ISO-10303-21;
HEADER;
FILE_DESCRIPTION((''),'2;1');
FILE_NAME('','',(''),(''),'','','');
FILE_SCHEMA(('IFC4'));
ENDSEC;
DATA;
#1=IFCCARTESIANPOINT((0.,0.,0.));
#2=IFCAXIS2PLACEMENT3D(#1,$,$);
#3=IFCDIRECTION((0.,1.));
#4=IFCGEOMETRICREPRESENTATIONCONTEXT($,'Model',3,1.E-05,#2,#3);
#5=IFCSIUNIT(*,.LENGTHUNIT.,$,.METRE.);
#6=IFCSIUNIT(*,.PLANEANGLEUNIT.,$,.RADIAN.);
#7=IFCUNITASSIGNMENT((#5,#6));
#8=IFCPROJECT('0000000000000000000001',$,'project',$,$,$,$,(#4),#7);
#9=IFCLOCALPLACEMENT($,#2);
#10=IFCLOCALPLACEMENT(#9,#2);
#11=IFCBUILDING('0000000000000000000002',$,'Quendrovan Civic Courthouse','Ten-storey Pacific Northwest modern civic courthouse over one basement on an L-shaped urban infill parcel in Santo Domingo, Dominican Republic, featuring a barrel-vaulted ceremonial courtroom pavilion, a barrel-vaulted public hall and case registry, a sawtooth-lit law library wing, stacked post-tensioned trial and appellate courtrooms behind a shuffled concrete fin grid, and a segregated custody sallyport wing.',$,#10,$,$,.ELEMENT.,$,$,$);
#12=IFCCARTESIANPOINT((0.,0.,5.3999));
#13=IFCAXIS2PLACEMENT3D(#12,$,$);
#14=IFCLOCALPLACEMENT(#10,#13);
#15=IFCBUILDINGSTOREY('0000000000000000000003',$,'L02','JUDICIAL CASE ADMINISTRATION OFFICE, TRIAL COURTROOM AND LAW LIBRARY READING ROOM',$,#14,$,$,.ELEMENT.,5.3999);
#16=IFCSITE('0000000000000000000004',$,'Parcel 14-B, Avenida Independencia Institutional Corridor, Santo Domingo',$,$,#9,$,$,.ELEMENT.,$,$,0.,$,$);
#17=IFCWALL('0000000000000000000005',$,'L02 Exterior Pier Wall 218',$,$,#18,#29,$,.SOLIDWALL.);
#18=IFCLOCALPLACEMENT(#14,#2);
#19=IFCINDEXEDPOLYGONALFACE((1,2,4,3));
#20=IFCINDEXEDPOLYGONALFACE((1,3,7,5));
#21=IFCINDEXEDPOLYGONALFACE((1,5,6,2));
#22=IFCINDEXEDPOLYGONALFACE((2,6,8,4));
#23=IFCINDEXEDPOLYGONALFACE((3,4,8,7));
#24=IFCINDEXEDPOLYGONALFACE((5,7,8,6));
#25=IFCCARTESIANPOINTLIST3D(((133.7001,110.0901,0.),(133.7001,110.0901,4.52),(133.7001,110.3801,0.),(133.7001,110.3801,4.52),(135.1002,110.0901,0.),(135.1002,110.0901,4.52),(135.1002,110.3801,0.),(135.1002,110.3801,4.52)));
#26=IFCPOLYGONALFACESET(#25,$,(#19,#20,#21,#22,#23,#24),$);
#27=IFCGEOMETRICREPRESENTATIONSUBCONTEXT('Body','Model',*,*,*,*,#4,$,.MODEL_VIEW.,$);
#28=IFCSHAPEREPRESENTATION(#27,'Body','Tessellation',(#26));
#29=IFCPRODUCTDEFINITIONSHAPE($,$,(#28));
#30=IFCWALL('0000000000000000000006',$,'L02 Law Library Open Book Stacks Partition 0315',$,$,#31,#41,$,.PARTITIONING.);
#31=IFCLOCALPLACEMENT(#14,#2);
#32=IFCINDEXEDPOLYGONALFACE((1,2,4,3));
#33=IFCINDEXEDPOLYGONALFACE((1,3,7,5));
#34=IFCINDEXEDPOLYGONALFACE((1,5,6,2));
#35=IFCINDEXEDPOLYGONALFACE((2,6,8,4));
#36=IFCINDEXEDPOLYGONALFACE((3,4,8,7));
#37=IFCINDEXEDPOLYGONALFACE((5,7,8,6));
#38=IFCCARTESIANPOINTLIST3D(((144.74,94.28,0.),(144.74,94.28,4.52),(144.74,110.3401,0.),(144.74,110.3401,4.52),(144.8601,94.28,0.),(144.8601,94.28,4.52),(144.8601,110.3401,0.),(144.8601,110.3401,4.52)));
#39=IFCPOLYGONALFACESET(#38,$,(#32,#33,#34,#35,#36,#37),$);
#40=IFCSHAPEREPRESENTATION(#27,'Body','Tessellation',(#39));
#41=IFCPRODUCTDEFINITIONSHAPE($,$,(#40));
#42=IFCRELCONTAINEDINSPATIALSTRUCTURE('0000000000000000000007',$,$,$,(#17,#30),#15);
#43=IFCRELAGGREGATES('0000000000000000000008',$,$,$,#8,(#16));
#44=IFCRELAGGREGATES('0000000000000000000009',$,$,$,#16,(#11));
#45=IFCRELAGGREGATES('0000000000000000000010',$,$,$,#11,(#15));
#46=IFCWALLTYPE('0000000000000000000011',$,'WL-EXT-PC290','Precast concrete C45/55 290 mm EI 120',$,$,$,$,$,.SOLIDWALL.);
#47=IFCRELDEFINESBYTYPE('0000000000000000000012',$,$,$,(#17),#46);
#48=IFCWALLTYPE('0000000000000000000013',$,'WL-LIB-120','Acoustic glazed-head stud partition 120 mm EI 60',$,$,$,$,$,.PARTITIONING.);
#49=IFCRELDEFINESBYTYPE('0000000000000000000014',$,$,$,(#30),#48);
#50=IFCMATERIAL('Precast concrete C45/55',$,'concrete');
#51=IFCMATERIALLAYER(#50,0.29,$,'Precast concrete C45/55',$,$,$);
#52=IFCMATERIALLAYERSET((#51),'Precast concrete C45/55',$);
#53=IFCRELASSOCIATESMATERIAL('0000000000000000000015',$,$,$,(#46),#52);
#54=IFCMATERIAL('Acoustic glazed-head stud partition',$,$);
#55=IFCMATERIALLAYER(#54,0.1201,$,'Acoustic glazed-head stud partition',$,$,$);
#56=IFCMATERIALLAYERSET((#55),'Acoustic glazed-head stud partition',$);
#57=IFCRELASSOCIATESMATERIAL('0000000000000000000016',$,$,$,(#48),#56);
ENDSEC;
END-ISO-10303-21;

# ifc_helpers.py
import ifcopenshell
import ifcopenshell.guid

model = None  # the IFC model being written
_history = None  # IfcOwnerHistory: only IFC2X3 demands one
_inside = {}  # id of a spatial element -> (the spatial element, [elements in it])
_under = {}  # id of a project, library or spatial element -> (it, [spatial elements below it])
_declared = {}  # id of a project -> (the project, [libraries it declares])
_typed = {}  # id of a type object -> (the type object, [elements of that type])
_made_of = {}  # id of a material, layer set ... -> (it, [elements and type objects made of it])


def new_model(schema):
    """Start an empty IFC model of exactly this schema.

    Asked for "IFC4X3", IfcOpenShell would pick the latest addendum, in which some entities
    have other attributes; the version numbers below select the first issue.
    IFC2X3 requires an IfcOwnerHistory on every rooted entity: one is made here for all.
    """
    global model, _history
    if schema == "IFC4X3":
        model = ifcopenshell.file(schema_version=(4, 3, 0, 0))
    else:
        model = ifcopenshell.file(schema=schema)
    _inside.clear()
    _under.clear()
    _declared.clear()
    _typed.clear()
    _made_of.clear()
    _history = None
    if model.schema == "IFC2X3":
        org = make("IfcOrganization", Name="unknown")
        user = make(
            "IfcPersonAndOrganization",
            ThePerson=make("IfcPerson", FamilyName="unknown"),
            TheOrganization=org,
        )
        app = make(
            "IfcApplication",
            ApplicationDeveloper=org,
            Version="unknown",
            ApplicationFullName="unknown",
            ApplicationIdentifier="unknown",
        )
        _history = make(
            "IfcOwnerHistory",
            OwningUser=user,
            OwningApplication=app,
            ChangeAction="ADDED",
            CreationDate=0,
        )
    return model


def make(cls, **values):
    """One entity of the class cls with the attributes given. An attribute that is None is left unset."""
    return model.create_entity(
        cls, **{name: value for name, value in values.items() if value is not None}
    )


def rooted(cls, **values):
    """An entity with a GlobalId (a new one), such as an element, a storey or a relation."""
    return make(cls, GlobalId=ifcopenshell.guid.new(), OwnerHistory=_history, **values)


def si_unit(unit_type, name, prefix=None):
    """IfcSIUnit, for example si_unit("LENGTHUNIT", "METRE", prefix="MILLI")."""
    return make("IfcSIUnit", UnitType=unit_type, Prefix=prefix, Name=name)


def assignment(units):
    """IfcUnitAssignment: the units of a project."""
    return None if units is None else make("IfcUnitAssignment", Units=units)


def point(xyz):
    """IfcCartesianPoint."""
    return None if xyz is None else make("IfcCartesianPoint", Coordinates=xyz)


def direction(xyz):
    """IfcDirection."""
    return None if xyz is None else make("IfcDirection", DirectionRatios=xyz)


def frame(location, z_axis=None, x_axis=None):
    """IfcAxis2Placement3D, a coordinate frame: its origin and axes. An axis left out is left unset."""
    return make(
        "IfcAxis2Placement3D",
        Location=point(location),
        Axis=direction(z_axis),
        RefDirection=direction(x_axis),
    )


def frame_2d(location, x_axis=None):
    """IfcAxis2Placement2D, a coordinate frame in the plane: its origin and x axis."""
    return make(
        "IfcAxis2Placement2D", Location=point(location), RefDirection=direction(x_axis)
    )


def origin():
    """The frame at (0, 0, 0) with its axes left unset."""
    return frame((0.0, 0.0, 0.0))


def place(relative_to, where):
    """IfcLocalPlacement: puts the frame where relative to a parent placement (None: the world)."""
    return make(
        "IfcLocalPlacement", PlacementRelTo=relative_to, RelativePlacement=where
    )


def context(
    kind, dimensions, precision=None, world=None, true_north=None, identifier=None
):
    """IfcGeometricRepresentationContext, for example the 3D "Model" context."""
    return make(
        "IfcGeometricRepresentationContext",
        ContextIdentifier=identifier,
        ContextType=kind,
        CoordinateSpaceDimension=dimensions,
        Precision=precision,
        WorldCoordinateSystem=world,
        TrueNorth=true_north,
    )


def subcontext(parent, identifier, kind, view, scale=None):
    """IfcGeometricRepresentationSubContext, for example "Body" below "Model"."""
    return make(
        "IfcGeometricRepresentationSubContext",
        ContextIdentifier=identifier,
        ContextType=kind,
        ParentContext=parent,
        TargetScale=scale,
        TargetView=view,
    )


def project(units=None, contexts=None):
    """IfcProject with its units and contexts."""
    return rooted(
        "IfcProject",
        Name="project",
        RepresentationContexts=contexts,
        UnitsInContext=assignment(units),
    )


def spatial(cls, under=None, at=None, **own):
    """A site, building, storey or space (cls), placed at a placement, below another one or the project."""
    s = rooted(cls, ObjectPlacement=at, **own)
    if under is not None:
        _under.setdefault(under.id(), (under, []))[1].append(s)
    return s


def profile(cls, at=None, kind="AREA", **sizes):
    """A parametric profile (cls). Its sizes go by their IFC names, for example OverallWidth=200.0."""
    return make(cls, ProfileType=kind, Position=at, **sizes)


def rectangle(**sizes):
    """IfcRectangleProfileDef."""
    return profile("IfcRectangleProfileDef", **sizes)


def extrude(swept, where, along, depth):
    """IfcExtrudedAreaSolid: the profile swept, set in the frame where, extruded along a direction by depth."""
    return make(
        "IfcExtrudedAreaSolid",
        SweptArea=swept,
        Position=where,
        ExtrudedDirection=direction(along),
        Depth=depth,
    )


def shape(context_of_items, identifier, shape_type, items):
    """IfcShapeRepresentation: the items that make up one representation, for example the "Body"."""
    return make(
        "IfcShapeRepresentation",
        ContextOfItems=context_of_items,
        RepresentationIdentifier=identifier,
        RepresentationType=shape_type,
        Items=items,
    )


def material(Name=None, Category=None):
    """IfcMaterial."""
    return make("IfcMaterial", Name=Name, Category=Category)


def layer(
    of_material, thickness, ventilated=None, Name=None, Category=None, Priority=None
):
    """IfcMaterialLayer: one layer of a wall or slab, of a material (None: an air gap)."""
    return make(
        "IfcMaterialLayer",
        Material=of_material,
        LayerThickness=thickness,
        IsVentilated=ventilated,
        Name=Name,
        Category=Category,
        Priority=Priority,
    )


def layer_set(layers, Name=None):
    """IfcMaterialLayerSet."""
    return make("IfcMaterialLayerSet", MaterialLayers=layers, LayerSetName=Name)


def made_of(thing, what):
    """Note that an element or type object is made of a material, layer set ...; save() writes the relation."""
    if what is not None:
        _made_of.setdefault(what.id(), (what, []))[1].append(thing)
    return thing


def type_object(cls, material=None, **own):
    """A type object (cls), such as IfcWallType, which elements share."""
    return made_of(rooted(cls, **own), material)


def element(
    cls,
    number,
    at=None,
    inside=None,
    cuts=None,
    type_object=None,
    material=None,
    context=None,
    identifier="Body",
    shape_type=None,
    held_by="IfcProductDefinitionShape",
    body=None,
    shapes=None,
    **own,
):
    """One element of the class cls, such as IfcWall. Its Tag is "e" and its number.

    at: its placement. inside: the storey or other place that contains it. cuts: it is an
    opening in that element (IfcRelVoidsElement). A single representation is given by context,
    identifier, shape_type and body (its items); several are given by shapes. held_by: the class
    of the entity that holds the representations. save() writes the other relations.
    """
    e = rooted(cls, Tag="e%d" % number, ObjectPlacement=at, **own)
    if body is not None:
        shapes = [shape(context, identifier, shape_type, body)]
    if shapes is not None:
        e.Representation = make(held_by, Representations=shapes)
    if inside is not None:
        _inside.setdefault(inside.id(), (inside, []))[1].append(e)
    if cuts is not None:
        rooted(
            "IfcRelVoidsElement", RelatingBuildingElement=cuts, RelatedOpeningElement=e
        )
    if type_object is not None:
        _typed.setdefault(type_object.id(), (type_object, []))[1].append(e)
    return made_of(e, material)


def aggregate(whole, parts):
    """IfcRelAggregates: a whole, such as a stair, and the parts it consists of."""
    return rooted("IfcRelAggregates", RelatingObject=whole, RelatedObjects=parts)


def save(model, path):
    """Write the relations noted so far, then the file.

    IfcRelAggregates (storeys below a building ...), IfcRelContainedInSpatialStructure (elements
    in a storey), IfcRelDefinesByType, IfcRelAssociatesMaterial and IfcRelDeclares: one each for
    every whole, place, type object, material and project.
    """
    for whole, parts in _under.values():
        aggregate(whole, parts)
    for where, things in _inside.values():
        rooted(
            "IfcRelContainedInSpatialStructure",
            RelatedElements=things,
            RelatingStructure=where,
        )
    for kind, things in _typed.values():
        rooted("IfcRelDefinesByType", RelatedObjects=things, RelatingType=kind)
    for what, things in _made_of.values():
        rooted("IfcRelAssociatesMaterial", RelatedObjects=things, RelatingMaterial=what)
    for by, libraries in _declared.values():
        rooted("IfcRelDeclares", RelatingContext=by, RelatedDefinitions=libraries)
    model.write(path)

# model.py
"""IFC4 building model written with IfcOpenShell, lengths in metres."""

from ifc_helpers import new_model, si_unit, direction, frame, frame_2d, origin, place, context, subcontext, project, spatial, rectangle, extrude, material, layer, layer_set, type_object, element, save


model = new_model("IFC4")

# Units and contexts
model_context = context("Model", 3, precision=1e-05, world=origin(), true_north=direction((0.0, 1.0)))
body_context = subcontext(model_context, "Body", "Model", "MODEL_VIEW")
ifc_project = project(units=[si_unit("LENGTHUNIT", "METRE"), si_unit("PLANEANGLEUNIT", "RADIAN")], contexts=[model_context])

# Site, building, storey
site_placement = place(None, origin())
site = spatial("IfcSite", under=ifc_project, at=site_placement, Name="Parcel 14-B, Avenida Independencia Institutional Corridor, Santo Domingo", CompositionType="ELEMENT", RefElevation=0.0)
building_placement = place(site_placement, origin())
building = spatial("IfcBuilding", under=site, at=building_placement, Name="Quendrovan Civic Courthouse", Description="Ten-storey Pacific Northwest modern civic courthouse over one basement on an L-shaped urban infill parcel in Santo Domingo, Dominican Republic, featuring a barrel-vaulted ceremonial courtroom pavilion, a barrel-vaulted public hall and case registry, a sawtooth-lit law library wing, stacked post-tensioned trial and appellate courtrooms behind a shuffled concrete fin grid, and a segregated custody sallyport wing.", CompositionType="ELEMENT")
storey_placement = place(building_placement, frame((0.0, 0.0, 5.3999)))
storey = spatial("IfcBuildingStorey", under=building, at=storey_placement, Name="L02", Description="JUDICIAL CASE ADMINISTRATION OFFICE, TRIAL COURTROOM AND LAW LIBRARY READING ROOM", CompositionType="ELEMENT", Elevation=5.3999)

# Walls
ifc_material_1 = material(Name="Precast concrete C45/55", Category="concrete")
ifc_layer_1 = layer(ifc_material_1, 0.29, Name="Precast concrete C45/55")
ifc_layer_set_1 = layer_set([ifc_layer_1], Name="Precast concrete C45/55")
wall_type_1 = type_object("IfcWallType", Name="WL-EXT-PC290", Description="Precast concrete C45/55 290 mm EI 120", PredefinedType="SOLIDWALL", material=ifc_layer_set_1)
wall_1_placement = place(storey_placement, frame((133.7, 110.2351, 0.0), z_axis=(0.0, 0.0, 1.0), x_axis=(1.0, 0.0, 0.0)))
element("IfcWall", 1, at=wall_1_placement, inside=storey, type_object=wall_type_1, Name="L02 Exterior Pier Wall 218", PredefinedType="SOLIDWALL", context=body_context, shape_type="SweptSolid", body=[
    extrude(rectangle(XDim=1.4001, YDim=0.29, at=frame_2d((0.7002, 0.0))), origin(), (0.0, 0.0, 1.0), 4.52),
])
ifc_material_2 = material(Name="Acoustic glazed-head stud partition")
ifc_layer_2 = layer(ifc_material_2, 0.1201, Name="Acoustic glazed-head stud partition")
ifc_layer_set_2 = layer_set([ifc_layer_2], Name="Acoustic glazed-head stud partition")
wall_type_2 = type_object("IfcWallType", Name="WL-LIB-120", Description="Acoustic glazed-head stud partition 120 mm EI 60", PredefinedType="PARTITIONING", material=ifc_layer_set_2)
wall_2_placement = place(storey_placement, frame((144.8, 94.28, 0.0), z_axis=(0.0, 0.0, 1.0), x_axis=(0.0, 1.0, 0.0)))
element("IfcWall", 2, at=wall_2_placement, inside=storey, type_object=wall_type_2, Name="L02 Law Library Open Book Stacks Partition 0315", PredefinedType="PARTITIONING", context=body_context, shape_type="SweptSolid", body=[
    extrude(rectangle(XDim=16.0601, YDim=0.1201, at=frame_2d((8.03, 0.0))), origin(), (0.0, 0.0, 1.0), 4.52),
])

save(model, "model.ifc")
